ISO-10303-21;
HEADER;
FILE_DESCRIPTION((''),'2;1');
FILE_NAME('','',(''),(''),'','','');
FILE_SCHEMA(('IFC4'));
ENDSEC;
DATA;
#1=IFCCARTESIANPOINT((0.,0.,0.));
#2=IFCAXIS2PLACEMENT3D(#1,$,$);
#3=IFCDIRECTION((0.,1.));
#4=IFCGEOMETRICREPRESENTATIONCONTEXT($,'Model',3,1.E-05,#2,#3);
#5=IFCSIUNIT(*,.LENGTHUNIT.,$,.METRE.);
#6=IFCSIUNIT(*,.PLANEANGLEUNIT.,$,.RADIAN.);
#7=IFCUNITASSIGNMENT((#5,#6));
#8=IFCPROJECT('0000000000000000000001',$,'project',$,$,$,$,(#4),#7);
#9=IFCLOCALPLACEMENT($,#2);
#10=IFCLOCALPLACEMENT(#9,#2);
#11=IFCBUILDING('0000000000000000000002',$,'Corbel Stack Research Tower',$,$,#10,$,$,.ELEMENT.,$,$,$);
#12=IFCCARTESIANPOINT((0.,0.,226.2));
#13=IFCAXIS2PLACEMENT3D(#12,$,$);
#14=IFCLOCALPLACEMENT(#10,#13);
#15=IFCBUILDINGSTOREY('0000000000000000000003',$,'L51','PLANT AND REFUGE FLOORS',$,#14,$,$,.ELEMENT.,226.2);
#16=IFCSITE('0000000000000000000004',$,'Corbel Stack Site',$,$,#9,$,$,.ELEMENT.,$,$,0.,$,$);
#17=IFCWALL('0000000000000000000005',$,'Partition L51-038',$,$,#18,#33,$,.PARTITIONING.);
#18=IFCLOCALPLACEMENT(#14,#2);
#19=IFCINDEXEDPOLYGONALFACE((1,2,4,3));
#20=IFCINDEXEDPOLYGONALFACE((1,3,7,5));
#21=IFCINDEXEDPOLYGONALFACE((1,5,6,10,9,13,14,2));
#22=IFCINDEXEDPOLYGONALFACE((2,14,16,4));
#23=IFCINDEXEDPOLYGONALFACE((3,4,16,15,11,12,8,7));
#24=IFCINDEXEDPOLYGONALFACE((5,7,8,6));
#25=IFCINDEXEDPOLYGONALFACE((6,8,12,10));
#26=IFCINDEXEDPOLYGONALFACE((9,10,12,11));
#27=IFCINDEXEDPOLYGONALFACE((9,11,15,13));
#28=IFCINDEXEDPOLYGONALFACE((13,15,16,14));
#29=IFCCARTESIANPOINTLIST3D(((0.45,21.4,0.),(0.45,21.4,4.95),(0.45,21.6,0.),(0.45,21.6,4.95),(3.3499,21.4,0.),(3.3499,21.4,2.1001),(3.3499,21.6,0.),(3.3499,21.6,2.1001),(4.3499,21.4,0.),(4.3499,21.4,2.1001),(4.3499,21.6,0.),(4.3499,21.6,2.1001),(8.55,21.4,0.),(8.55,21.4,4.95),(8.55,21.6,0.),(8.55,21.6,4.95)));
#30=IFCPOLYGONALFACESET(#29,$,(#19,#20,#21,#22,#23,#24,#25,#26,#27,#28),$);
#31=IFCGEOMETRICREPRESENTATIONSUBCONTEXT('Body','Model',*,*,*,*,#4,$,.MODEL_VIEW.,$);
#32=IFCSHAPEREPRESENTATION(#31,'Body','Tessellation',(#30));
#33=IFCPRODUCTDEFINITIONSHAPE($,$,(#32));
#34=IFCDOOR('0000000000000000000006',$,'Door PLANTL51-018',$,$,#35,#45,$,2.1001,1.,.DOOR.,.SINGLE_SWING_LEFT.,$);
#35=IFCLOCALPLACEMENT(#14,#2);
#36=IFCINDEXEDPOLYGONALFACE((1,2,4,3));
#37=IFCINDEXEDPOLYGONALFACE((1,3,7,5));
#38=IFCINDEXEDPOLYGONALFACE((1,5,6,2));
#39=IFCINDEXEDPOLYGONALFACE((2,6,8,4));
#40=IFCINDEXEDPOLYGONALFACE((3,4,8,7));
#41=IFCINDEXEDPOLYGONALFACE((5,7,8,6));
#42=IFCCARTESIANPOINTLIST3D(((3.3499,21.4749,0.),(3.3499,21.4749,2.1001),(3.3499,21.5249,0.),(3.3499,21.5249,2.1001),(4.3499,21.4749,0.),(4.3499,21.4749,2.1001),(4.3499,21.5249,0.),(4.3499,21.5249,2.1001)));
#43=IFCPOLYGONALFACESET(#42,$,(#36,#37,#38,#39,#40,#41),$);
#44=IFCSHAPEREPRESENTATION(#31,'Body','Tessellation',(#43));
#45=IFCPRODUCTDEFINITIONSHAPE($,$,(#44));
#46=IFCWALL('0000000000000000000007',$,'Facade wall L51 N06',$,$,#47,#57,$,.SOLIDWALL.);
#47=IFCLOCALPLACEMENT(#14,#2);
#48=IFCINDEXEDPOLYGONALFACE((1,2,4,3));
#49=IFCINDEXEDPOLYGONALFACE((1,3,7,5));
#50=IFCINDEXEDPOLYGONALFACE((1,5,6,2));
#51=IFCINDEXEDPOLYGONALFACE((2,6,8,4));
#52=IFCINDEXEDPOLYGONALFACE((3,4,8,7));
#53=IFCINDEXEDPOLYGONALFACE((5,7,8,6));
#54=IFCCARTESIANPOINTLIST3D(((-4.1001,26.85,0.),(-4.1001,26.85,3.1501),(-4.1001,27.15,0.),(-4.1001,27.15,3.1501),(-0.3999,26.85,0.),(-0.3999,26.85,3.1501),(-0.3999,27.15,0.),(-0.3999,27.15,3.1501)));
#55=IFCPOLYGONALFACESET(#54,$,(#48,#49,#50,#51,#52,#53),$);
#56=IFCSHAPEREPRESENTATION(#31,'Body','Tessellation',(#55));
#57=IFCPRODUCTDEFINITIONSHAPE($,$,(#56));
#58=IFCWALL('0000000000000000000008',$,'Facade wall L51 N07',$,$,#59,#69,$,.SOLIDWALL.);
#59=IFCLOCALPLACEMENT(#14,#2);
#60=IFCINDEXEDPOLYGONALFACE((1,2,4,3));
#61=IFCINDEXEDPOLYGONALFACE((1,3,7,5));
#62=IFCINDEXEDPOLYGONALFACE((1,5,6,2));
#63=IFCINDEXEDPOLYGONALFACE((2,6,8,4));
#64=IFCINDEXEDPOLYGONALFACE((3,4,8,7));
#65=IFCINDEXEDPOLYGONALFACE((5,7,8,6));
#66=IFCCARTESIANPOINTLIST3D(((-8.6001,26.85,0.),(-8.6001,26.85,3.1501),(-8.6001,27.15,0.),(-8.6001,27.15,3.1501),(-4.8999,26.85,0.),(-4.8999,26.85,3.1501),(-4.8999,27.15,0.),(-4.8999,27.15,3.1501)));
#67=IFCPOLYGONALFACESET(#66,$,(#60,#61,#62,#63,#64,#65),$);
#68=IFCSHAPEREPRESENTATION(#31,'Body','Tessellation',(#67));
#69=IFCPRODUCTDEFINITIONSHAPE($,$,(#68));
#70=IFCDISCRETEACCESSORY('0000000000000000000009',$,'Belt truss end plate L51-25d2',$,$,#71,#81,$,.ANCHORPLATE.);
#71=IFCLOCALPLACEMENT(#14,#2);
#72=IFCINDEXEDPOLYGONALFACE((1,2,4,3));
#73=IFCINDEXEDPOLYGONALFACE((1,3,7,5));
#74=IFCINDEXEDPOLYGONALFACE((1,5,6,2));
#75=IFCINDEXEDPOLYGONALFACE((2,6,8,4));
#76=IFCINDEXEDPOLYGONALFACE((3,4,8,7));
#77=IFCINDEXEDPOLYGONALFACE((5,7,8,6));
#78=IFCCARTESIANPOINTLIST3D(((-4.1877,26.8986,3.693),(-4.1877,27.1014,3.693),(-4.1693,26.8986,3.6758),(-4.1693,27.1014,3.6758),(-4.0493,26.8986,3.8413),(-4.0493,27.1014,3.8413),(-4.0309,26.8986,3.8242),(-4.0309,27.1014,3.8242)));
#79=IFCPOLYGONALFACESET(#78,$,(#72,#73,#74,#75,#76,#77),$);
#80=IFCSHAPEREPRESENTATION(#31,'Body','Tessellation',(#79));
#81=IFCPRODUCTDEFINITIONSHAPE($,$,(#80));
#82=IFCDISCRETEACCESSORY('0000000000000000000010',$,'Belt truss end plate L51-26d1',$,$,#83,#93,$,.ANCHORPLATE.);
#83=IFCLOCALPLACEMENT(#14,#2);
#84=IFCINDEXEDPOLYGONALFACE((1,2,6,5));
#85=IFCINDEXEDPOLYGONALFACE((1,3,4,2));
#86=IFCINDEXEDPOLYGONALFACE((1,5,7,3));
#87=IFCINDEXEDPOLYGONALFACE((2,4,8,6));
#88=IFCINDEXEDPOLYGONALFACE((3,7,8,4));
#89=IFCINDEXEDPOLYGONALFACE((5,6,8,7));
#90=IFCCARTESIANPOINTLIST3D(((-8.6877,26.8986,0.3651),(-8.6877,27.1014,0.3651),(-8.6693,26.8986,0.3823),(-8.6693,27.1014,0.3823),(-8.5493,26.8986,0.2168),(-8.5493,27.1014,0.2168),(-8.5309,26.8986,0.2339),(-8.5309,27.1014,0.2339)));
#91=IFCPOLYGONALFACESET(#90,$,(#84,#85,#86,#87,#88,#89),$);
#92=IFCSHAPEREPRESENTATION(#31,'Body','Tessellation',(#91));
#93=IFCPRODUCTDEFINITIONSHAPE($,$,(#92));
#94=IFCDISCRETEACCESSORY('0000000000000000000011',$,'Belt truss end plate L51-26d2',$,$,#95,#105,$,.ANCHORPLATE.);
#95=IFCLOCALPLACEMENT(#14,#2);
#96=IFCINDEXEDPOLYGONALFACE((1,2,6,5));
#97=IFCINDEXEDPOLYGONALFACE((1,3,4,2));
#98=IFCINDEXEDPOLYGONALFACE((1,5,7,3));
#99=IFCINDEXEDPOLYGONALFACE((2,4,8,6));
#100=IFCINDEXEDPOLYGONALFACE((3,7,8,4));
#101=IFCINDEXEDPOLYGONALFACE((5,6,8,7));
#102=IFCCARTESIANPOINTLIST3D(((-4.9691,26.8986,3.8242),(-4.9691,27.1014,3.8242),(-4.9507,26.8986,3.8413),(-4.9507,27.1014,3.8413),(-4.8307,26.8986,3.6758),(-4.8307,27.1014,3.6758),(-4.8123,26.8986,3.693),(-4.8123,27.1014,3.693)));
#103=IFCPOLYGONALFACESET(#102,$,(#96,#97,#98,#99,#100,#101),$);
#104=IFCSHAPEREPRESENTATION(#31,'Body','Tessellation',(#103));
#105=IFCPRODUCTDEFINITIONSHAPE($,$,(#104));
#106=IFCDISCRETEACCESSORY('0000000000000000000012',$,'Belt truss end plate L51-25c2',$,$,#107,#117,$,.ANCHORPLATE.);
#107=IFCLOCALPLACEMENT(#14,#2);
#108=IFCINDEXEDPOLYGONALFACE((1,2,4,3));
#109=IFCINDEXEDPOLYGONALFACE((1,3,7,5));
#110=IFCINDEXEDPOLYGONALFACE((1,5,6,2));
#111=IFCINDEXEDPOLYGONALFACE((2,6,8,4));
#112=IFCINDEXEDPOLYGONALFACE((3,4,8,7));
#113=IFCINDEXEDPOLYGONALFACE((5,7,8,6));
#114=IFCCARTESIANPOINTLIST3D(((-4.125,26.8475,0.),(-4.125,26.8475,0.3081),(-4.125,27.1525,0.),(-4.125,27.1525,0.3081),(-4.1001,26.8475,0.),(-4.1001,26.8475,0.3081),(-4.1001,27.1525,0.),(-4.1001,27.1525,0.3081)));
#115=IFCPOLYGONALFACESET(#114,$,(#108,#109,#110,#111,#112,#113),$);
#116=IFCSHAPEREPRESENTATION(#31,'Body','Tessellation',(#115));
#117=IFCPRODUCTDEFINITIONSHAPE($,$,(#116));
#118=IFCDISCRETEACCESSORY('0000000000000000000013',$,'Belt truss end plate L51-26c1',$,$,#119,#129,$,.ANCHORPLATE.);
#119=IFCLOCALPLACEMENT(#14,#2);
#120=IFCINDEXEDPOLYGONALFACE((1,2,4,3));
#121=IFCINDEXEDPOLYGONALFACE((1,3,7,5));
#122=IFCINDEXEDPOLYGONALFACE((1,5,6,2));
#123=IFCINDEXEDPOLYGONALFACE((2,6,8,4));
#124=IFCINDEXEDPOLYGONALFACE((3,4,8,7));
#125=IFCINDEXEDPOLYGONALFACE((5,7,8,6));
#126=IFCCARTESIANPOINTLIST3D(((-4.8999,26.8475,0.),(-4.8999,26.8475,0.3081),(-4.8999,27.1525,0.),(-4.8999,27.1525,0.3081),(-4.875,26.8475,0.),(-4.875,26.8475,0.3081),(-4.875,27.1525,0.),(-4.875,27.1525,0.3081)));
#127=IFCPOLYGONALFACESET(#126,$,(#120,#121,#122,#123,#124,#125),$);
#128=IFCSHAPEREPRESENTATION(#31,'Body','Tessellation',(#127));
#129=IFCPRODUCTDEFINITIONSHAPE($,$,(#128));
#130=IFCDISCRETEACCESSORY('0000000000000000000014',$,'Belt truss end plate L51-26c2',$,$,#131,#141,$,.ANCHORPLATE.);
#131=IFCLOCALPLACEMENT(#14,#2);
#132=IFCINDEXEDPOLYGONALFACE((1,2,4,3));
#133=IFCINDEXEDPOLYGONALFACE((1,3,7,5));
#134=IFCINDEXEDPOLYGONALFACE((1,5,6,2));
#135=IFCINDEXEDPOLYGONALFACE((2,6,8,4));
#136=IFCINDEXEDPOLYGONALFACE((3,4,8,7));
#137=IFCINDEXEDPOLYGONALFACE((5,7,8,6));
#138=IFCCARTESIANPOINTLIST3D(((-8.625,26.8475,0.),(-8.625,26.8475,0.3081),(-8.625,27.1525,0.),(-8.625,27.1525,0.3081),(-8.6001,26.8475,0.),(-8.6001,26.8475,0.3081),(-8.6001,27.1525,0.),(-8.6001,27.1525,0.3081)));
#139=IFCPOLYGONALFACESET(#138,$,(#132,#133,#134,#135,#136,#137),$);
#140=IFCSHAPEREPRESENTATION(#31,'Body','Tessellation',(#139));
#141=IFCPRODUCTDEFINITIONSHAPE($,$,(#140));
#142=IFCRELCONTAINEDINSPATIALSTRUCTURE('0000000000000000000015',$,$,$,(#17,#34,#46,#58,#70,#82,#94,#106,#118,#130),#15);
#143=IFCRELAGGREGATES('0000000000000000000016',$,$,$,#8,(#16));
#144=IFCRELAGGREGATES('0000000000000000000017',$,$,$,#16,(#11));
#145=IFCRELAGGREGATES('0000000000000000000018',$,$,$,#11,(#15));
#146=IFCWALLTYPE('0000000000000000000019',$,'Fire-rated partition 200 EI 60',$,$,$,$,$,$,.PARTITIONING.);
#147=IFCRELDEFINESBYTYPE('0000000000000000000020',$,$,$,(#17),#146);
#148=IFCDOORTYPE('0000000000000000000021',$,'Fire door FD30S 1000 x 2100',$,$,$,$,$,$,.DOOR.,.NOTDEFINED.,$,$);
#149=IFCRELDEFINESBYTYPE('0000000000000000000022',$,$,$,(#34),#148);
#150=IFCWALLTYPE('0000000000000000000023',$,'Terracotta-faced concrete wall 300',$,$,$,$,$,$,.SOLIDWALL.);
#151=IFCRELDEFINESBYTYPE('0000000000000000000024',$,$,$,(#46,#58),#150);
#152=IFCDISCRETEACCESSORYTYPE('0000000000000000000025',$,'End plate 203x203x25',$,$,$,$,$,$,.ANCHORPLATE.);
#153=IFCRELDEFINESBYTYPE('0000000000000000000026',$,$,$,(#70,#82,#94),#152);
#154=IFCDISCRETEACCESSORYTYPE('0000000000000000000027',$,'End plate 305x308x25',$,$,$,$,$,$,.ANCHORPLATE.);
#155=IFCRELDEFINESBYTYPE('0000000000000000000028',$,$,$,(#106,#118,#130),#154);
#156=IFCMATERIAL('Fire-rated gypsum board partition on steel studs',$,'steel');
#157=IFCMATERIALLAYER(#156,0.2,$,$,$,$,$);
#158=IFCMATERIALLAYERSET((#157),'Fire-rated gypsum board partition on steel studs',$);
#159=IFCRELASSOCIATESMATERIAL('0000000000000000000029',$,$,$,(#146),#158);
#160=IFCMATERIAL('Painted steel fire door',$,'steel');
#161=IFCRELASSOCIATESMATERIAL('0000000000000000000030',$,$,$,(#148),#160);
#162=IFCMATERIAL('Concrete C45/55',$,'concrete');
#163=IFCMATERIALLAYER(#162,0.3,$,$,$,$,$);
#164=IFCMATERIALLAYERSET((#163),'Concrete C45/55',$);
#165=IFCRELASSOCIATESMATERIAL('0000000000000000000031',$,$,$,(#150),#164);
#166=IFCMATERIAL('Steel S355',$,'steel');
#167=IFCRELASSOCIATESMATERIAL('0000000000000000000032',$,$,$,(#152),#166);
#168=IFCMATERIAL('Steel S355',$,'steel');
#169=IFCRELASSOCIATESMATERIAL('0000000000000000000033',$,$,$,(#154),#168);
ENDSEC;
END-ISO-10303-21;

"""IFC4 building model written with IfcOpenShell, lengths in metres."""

from ifc_helpers import new_model, si_unit, direction, frame, frame_2d, origin, origin_2d, place, context, subcontext, project, spatial, rectangle, extrude, material, layer, layer_set, material_profile, profile_set, type_object, element, fill, save


model = new_model("IFC4")

# Units and contexts
model_context = context("Model", 3, precision=1e-05, world=origin(), true_north=direction((0.0, 1.0)))
body_context = subcontext(model_context, "Body", "Model", "MODEL_VIEW")
ifc_project = project(units=[si_unit("LENGTHUNIT", "METRE"), si_unit("PLANEANGLEUNIT", "RADIAN")], contexts=[model_context])

# Site, building, storey
site_placement = place(None, origin())
site = spatial("IfcSite", under=ifc_project, at=site_placement, Name="Corbel Stack Site", CompositionType="ELEMENT", RefElevation=0.0)
building_placement = place(site_placement, origin())
building = spatial("IfcBuilding", under=site, at=building_placement, Name="Corbel Stack Research Tower", CompositionType="ELEMENT")
storey_placement = place(building_placement, frame((0.0, 0.0, 226.2)))
storey = spatial("IfcBuildingStorey", under=building, at=storey_placement, Name="L51", Description="PLANT AND REFUGE FLOORS", CompositionType="ELEMENT", Elevation=226.2)

# Shared definitions
ifc_material_1 = material(Name="Fire-rated gypsum board partition on steel studs", Category="steel")
ifc_layer_1 = layer(ifc_material_1, 0.2)
ifc_layer_set_1 = layer_set([ifc_layer_1], Name="Fire-rated gypsum board partition on steel studs")
wall_type_1 = type_object("IfcWallType", Name="Fire-rated partition 200 EI 60", PredefinedType="PARTITIONING", material=ifc_layer_set_1)

# Shared definitions
ifc_material_2 = material(Name="Painted steel fire door", Category="steel")
door_type = type_object("IfcDoorType", Name="Fire door FD30S 1000 x 2100", OperationType="NOTDEFINED", PredefinedType="DOOR", material=ifc_material_2)

# Wall, opening, door
wall_1_placement = place(storey_placement, frame((0.45, 21.5, 0.0), z_axis=(0.0, 0.0, 1.0), x_axis=(1.0, 0.0, 0.0)))
wall_1 = element("IfcWall", 1, at=wall_1_placement, inside=storey, type_object=wall_type_1, Name="Partition L51-038", PredefinedType="PARTITIONING", context=body_context, shape_type="SweptSolid", body=[
    extrude(rectangle(XDim=8.1001, YDim=0.2, at=frame_2d((4.05, 0.0))), origin(), (0.0, 0.0, 1.0), 4.95),
])
opening_1_placement = place(wall_1_placement, frame((2.8999, 0.0, 0.0)))
opening_1 = element("IfcOpeningElement", 2, at=opening_1_placement, cuts=wall_1, PredefinedType="OPENING", context=body_context, shape_type="SweptSolid", body=[
    extrude(rectangle(XDim=1.0, YDim=2.1001, at=frame_2d((0.5, 1.05))), frame((0.0, 0.1099, 0.0), z_axis=(0.0, -1.0, 0.0), x_axis=(1.0, 0.0, 0.0)), (0.0, 0.0, 1.0), 0.22),
])
door_1_placement = place(opening_1_placement, origin())
door_1 = element("IfcDoor", 3, at=door_1_placement, inside=storey, type_object=door_type, Name="Door PLANTL51-018", OperationType="SINGLE_SWING_LEFT", OverallHeight=2.1001, OverallWidth=1.0, PredefinedType="DOOR", context=body_context, shape_type="SweptSolid", body=[
    extrude(rectangle(XDim=1.0, YDim=2.1001, at=frame_2d((0.5, 1.05))), frame((0.0, 0.0249, 0.0), z_axis=(0.0, -1.0, 0.0), x_axis=(1.0, 0.0, 0.0)), (0.0, 0.0, 1.0), 0.05),
])
fill(opening_1, door_1)

# Walls
ifc_material_3 = material(Name="Concrete C45/55", Category="concrete")
ifc_layer_2 = layer(ifc_material_3, 0.3)
ifc_layer_set_2 = layer_set([ifc_layer_2], Name="Concrete C45/55")
wall_type_2 = type_object("IfcWallType", Name="Terracotta-faced concrete wall 300", PredefinedType="SOLIDWALL", material=ifc_layer_set_2)
for number, where, z_axis, x_axis, name in (
    (4, (-4.1001, 27.0, 0.0), (0.0, 0.0, 1.0), (1.0, 0.0, 0.0), "Facade wall L51 N06"),
    (5, (-8.6001, 27.0, 0.0), (0.0, 0.0, 1.0), (1.0, 0.0, 0.0), "Facade wall L51 N07"),
):
    element("IfcWall", number, at=place(storey_placement, frame(where, z_axis=z_axis, x_axis=x_axis)), inside=storey, type_object=wall_type_2, Name=name, PredefinedType="SOLIDWALL", context=body_context, shape_type="SweptSolid", body=[
        extrude(rectangle(XDim=3.7002, YDim=0.3, at=frame_2d((1.8501, 0.0))), origin(), (0.0, 0.0, 1.0), 3.1501),
    ])

# Discrete accessories
ifc_material_4 = material(Name="Steel S355", Category="steel")
ifc_material_profile_1 = material_profile(ifc_material_4, rectangle(XDim=0.2029, YDim=0.2029, at=origin_2d()), Name="End plate 203x203x25")
ifc_profile_set_1 = profile_set([ifc_material_profile_1], Name="Steel S355")
discrete_accessory_type_1 = type_object("IfcDiscreteAccessoryType", Name="End plate 203x203x25", PredefinedType="ANCHORPLATE", material=ifc_profile_set_1)
for number, where, z_axis, x_axis, name in (
    (6, (-4.1001, 27.0, 3.75), (-0.731055, 0.0, 0.682318), (0.0, -1.0, 0.0), "Belt truss end plate L51-25d2"),
    (7, (-8.6001, 27.0, 0.3081), (-0.731055, 0.0, -0.682318), (0.0, -1.0, 0.0), "Belt truss end plate L51-26d1"),
    (8, (-4.8999, 27.0, 3.75), (0.731055, 0.0, 0.682318), (0.0, 1.0, 0.0), "Belt truss end plate L51-26d2"),
):
    element("IfcDiscreteAccessory", number, at=place(storey_placement, frame(where, z_axis=z_axis, x_axis=x_axis)), inside=storey, type_object=discrete_accessory_type_1, Name=name, PredefinedType="ANCHORPLATE", context=body_context, shape_type="SweptSolid", body=[
        extrude(rectangle(XDim=0.2029, YDim=0.2029, at=origin_2d()), origin(), (0.0, 0.0, 1.0), 0.0251),
    ])
ifc_material_5 = material(Name="Steel S355", Category="steel")
ifc_material_profile_2 = material_profile(ifc_material_5, rectangle(XDim=0.3049, YDim=0.3081, at=origin_2d()), Name="End plate 305x308x25")
ifc_profile_set_2 = profile_set([ifc_material_profile_2], Name="Steel S355")
discrete_accessory_type_2 = type_object("IfcDiscreteAccessoryType", Name="End plate 305x308x25", PredefinedType="ANCHORPLATE", material=ifc_profile_set_2)
for number, where, z_axis, x_axis, name in (
    (9, (-4.1001, 27.0, 0.1541), (-1.0, 0.0, 0.0), (0.0, -1.0, 0.0), "Belt truss end plate L51-25c2"),
    (10, (-4.8999, 27.0, 0.1541), (1.0, 0.0, 0.0), (0.0, 1.0, 0.0), "Belt truss end plate L51-26c1"),
    (11, (-8.6001, 27.0, 0.1541), (-1.0, 0.0, 0.0), (0.0, -1.0, 0.0), "Belt truss end plate L51-26c2"),
):
    element("IfcDiscreteAccessory", number, at=place(storey_placement, frame(where, z_axis=z_axis, x_axis=x_axis)), inside=storey, type_object=discrete_accessory_type_2, Name=name, PredefinedType="ANCHORPLATE", context=body_context, shape_type="SweptSolid", body=[
        extrude(rectangle(XDim=0.3049, YDim=0.3081, at=origin_2d()), origin(), (0.0, 0.0, 1.0), 0.0249),
    ])

save(model, "model.ifc")
